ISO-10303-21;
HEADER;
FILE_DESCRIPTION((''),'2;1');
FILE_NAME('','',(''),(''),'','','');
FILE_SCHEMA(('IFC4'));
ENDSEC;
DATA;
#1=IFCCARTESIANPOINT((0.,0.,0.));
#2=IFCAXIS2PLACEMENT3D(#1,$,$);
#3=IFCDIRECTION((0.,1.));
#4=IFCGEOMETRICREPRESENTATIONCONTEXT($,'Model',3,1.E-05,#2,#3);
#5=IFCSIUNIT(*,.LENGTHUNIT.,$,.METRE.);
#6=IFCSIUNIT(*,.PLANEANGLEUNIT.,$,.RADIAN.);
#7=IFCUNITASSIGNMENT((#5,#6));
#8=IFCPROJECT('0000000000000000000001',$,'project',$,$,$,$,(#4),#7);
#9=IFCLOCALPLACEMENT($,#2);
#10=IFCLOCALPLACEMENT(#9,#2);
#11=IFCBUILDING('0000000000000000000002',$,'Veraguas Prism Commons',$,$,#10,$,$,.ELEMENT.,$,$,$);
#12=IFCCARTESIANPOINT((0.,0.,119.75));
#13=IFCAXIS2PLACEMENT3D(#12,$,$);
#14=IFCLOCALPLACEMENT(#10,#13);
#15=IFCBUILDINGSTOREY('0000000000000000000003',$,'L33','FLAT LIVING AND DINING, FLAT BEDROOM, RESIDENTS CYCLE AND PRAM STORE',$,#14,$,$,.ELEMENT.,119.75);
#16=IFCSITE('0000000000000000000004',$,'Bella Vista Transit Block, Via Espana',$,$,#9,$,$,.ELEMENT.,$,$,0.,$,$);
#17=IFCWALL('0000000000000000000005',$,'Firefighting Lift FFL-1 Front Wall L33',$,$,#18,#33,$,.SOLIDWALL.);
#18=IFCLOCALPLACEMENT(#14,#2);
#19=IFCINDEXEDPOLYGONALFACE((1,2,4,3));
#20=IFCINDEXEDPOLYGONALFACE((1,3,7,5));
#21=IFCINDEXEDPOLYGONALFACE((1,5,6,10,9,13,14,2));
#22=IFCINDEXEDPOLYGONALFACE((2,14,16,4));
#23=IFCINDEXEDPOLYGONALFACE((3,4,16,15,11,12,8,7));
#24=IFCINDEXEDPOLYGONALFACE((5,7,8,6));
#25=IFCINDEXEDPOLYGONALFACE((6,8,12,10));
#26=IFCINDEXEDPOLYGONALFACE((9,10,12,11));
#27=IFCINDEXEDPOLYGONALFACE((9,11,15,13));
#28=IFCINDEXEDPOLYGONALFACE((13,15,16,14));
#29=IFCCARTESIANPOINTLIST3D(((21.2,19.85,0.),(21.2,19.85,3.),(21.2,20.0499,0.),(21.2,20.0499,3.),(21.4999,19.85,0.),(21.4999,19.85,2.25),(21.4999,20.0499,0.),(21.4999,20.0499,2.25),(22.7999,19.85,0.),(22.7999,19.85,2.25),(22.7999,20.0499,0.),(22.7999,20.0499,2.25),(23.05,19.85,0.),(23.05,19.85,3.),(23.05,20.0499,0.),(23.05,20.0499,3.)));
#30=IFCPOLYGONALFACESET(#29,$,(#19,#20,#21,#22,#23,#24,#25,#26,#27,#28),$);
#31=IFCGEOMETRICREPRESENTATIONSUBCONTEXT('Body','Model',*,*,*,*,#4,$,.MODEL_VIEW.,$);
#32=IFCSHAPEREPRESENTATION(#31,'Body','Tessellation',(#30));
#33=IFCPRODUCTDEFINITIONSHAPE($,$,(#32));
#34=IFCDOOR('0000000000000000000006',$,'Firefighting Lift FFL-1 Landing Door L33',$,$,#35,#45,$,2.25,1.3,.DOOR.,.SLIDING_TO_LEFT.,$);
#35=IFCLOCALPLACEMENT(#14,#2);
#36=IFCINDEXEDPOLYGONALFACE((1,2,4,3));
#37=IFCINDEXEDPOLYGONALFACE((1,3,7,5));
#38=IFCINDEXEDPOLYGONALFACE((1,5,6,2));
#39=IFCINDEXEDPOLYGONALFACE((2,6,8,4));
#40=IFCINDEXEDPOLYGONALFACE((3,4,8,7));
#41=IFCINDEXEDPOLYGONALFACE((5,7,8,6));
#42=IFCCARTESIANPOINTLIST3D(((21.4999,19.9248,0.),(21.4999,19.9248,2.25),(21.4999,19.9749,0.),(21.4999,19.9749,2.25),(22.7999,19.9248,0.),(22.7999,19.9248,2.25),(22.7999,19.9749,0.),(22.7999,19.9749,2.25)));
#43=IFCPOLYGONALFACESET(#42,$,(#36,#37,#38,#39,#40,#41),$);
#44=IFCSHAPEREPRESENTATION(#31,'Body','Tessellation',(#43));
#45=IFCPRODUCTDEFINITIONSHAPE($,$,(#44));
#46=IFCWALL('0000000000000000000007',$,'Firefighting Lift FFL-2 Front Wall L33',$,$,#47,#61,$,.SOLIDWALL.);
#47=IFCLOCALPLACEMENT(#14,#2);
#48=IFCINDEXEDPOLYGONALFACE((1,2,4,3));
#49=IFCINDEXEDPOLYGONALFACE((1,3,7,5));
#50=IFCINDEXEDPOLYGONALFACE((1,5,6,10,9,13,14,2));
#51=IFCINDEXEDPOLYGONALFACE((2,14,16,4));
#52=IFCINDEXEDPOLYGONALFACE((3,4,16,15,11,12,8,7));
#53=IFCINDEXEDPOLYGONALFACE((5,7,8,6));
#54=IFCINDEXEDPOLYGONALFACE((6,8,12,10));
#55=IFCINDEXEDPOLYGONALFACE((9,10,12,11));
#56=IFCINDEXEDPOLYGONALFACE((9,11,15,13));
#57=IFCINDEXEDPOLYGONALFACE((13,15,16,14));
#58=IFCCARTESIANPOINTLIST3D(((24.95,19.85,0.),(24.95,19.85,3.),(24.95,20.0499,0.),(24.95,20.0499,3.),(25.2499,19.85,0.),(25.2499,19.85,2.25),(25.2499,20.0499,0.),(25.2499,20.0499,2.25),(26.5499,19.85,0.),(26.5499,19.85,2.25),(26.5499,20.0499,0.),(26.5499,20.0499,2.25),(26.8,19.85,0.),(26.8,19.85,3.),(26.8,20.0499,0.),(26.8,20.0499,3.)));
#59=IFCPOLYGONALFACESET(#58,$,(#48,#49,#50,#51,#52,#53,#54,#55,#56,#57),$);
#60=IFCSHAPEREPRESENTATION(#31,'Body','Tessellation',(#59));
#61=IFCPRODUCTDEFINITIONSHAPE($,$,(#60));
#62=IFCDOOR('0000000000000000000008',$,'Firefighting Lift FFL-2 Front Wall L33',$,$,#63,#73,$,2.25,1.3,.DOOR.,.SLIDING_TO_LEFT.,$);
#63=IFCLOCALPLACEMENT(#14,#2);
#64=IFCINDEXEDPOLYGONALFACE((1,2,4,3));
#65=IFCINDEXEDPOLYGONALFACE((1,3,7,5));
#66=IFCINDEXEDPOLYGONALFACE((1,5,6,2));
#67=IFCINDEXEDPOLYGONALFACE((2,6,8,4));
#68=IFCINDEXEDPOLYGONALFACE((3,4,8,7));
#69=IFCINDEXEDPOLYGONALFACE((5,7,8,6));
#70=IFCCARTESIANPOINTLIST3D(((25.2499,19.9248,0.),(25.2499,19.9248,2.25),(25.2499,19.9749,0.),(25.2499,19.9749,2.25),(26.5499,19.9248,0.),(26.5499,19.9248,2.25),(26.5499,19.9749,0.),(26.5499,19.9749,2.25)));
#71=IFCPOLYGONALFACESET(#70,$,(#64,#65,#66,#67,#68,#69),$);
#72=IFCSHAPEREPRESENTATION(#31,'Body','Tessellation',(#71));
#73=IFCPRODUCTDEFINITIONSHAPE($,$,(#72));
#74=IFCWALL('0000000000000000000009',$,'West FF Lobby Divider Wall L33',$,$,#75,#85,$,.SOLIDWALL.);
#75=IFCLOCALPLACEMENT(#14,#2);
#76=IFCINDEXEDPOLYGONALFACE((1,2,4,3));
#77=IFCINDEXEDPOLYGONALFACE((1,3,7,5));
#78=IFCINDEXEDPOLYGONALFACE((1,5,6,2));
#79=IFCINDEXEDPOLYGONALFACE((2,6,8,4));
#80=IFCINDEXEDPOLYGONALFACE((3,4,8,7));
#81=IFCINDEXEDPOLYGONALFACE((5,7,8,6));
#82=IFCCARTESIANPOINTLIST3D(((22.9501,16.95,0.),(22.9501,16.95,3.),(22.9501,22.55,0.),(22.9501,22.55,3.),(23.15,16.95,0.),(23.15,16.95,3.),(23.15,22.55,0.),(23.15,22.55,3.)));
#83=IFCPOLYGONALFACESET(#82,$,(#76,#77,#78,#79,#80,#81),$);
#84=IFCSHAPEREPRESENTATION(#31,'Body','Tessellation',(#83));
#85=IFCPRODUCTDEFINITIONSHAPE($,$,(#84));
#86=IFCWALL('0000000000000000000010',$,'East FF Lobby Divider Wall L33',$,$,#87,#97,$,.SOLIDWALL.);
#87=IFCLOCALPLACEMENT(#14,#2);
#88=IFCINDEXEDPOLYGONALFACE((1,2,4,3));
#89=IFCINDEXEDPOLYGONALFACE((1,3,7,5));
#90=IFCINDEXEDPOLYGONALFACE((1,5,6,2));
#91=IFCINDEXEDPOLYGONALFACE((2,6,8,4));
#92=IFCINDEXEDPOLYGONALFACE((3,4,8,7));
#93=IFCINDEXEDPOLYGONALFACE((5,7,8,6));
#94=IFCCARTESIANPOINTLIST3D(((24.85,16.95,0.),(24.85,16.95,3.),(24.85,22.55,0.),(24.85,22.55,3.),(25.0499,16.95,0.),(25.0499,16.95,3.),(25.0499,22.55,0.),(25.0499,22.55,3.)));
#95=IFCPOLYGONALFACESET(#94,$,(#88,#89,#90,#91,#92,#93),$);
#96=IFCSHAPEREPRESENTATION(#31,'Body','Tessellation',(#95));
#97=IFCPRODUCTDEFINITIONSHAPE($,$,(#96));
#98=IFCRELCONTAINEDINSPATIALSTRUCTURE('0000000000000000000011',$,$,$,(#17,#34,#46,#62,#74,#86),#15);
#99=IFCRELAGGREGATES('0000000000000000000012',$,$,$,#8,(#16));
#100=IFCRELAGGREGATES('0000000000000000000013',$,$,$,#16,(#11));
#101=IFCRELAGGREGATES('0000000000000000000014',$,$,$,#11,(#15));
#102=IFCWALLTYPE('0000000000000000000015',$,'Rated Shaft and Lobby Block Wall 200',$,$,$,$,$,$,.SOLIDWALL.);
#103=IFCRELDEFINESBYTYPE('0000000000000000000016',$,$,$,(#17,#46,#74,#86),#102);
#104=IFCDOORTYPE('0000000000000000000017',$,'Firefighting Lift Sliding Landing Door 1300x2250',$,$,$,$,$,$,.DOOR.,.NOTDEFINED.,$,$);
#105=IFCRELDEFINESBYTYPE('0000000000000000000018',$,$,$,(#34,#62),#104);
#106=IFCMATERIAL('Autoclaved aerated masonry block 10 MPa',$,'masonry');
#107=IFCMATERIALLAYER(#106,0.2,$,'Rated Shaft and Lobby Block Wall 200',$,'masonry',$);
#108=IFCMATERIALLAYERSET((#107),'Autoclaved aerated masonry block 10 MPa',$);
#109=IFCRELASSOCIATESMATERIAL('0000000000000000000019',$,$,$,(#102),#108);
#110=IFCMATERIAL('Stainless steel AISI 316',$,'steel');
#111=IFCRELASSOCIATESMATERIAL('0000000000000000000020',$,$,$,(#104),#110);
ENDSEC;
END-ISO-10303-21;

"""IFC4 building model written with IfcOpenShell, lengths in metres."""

from ifc_helpers import new_model, si_unit, direction, frame, frame_2d, origin, place, context, subcontext, project, spatial, rectangle, extrude, source, transform, mapped, material, layer, layer_set, type_object, element, fill, save


model = new_model("IFC4")

# Units and contexts
model_context = context("Model", 3, precision=1e-05, world=origin(), true_north=direction((0.0, 1.0)))
body_context = subcontext(model_context, "Body", "Model", "MODEL_VIEW")
ifc_project = project(units=[si_unit("LENGTHUNIT", "METRE"), si_unit("PLANEANGLEUNIT", "RADIAN")], contexts=[model_context])

# Site, building, storey
site_placement = place(None, origin())
site = spatial("IfcSite", under=ifc_project, at=site_placement, Name="Bella Vista Transit Block, Via Espana", CompositionType="ELEMENT", RefElevation=0.0)
building_placement = place(site_placement, origin())
building = spatial("IfcBuilding", under=site, at=building_placement, Name="Veraguas Prism Commons", CompositionType="ELEMENT")
storey_placement = place(building_placement, frame((0.0, 0.0, 119.75)))
storey = spatial("IfcBuildingStorey", under=building, at=storey_placement, Name="L33", Description="FLAT LIVING AND DINING, FLAT BEDROOM, RESIDENTS CYCLE AND PRAM STORE", CompositionType="ELEMENT", Elevation=119.75)

# Walls, openings, doors
ifc_material_1 = material(Name="Autoclaved aerated masonry block 10 MPa", Category="masonry")
ifc_layer_1 = layer(ifc_material_1, 0.2, Name="Rated Shaft and Lobby Block Wall 200", Category="masonry")
ifc_layer_set_1 = layer_set([ifc_layer_1], Name="Autoclaved aerated masonry block 10 MPa")
wall_type_1 = type_object("IfcWallType", Name="Rated Shaft and Lobby Block Wall 200", PredefinedType="SOLIDWALL", material=ifc_layer_set_1)
wall_1_placement = place(storey_placement, frame((21.2, 19.95, 0.0), z_axis=(0.0, 0.0, 1.0), x_axis=(1.0, 0.0, 0.0)))
wall_1 = element("IfcWall", 1, at=wall_1_placement, inside=storey, type_object=wall_type_1, Name="Firefighting Lift FFL-1 Front Wall L33", PredefinedType="SOLIDWALL", context=body_context, shape_type="SweptSolid", body=[
    extrude(rectangle(XDim=1.8501, YDim=0.2, at=frame_2d((0.925, 0.0))), origin(), (0.0, 0.0, 1.0), 3.0),
])
opening_1_placement = place(wall_1_placement, frame((0.3, 0.0, 0.0)))
opening_1 = element("IfcOpeningElement", 2, at=opening_1_placement, cuts=wall_1, PredefinedType="OPENING", context=body_context, shape_type="SweptSolid", body=[
    extrude(rectangle(XDim=1.3, YDim=2.25, at=frame_2d((0.6499, 1.125))), frame((0.0, 0.1099, 0.0), z_axis=(0.0, -1.0, 0.0), x_axis=(1.0, 0.0, 0.0)), (0.0, 0.0, 1.0), 0.22),
])
ifc_material_2 = material(Name="Stainless steel AISI 316", Category="steel")
door_type_1 = type_object("IfcDoorType", Name="Firefighting Lift Sliding Landing Door 1300x2250", OperationType="NOTDEFINED", PredefinedType="DOOR", material=ifc_material_2)
shared_shape_1 = source(origin(), body_context, "Body", "SweptSolid", [
    extrude(rectangle(XDim=1.3, YDim=2.25, at=frame_2d((0.6499, 1.125))), frame((0.0, 0.0249, 0.0), z_axis=(0.0, -1.0, 0.0), x_axis=(1.0, 0.0, 0.0)), (0.0, 0.0, 1.0), 0.05),
])
door_1_placement = place(opening_1_placement, origin())
door_1 = element("IfcDoor", 3, at=door_1_placement, inside=storey, type_object=door_type_1, Name="Firefighting Lift FFL-1 Landing Door L33", OperationType="SLIDING_TO_LEFT", OverallHeight=2.25, OverallWidth=1.3, PredefinedType="DOOR", context=body_context, shape_type="MappedRepresentation", body=[
    mapped(shared_shape_1, transform((0.0, 0.0, 0.0), scale=1.0)),
])
fill(opening_1, door_1)
wall_2_placement = place(storey_placement, frame((24.95, 19.95, 0.0), z_axis=(0.0, 0.0, 1.0), x_axis=(1.0, 0.0, 0.0)))
wall_2 = element("IfcWall", 4, at=wall_2_placement, inside=storey, type_object=wall_type_1, Name="Firefighting Lift FFL-2 Front Wall L33", PredefinedType="SOLIDWALL", context=body_context, shape_type="SweptSolid", body=[
    extrude(rectangle(XDim=1.8501, YDim=0.2, at=frame_2d((0.925, 0.0))), origin(), (0.0, 0.0, 1.0), 3.0),
])
opening_2_placement = place(wall_2_placement, frame((0.3, 0.0, 0.0)))
opening_2 = element("IfcOpeningElement", 5, at=opening_2_placement, cuts=wall_2, PredefinedType="OPENING", context=body_context, shape_type="SweptSolid", body=[
    extrude(rectangle(XDim=1.3, YDim=2.25, at=frame_2d((0.6499, 1.125))), frame((0.0, 0.1099, 0.0), z_axis=(0.0, -1.0, 0.0), x_axis=(1.0, 0.0, 0.0)), (0.0, 0.0, 1.0), 0.22),
])
door_2_placement = place(opening_2_placement, origin())
door_2 = element("IfcDoor", 6, at=door_2_placement, inside=storey, type_object=door_type_1, Name="Firefighting Lift FFL-2 Front Wall L33", OperationType="SLIDING_TO_LEFT", OverallHeight=2.25, OverallWidth=1.3, PredefinedType="DOOR", context=body_context, shape_type="MappedRepresentation", body=[
    mapped(shared_shape_1, transform((0.0, 0.0, 0.0), scale=1.0)),
])
fill(opening_2, door_2)

# Walls
for number, where, z_axis, x_axis, name in (
    (7, (23.05, 16.95, 0.0), (0.0, 0.0, 1.0), (0.0, 1.0, 0.0), "West FF Lobby Divider Wall L33"),
    (8, (24.95, 16.95, 0.0), (0.0, 0.0, 1.0), (0.0, 1.0, 0.0), "East FF Lobby Divider Wall L33"),
):
    element("IfcWall", number, at=place(storey_placement, frame(where, z_axis=z_axis, x_axis=x_axis)), inside=storey, type_object=wall_type_1, Name=name, PredefinedType="SOLIDWALL", context=body_context, shape_type="SweptSolid", body=[
        extrude(rectangle(XDim=5.6001, YDim=0.2, at=frame_2d((2.8, 0.0))), origin(), (0.0, 0.0, 1.0), 3.0),
    ])

save(model, "model.ifc")
